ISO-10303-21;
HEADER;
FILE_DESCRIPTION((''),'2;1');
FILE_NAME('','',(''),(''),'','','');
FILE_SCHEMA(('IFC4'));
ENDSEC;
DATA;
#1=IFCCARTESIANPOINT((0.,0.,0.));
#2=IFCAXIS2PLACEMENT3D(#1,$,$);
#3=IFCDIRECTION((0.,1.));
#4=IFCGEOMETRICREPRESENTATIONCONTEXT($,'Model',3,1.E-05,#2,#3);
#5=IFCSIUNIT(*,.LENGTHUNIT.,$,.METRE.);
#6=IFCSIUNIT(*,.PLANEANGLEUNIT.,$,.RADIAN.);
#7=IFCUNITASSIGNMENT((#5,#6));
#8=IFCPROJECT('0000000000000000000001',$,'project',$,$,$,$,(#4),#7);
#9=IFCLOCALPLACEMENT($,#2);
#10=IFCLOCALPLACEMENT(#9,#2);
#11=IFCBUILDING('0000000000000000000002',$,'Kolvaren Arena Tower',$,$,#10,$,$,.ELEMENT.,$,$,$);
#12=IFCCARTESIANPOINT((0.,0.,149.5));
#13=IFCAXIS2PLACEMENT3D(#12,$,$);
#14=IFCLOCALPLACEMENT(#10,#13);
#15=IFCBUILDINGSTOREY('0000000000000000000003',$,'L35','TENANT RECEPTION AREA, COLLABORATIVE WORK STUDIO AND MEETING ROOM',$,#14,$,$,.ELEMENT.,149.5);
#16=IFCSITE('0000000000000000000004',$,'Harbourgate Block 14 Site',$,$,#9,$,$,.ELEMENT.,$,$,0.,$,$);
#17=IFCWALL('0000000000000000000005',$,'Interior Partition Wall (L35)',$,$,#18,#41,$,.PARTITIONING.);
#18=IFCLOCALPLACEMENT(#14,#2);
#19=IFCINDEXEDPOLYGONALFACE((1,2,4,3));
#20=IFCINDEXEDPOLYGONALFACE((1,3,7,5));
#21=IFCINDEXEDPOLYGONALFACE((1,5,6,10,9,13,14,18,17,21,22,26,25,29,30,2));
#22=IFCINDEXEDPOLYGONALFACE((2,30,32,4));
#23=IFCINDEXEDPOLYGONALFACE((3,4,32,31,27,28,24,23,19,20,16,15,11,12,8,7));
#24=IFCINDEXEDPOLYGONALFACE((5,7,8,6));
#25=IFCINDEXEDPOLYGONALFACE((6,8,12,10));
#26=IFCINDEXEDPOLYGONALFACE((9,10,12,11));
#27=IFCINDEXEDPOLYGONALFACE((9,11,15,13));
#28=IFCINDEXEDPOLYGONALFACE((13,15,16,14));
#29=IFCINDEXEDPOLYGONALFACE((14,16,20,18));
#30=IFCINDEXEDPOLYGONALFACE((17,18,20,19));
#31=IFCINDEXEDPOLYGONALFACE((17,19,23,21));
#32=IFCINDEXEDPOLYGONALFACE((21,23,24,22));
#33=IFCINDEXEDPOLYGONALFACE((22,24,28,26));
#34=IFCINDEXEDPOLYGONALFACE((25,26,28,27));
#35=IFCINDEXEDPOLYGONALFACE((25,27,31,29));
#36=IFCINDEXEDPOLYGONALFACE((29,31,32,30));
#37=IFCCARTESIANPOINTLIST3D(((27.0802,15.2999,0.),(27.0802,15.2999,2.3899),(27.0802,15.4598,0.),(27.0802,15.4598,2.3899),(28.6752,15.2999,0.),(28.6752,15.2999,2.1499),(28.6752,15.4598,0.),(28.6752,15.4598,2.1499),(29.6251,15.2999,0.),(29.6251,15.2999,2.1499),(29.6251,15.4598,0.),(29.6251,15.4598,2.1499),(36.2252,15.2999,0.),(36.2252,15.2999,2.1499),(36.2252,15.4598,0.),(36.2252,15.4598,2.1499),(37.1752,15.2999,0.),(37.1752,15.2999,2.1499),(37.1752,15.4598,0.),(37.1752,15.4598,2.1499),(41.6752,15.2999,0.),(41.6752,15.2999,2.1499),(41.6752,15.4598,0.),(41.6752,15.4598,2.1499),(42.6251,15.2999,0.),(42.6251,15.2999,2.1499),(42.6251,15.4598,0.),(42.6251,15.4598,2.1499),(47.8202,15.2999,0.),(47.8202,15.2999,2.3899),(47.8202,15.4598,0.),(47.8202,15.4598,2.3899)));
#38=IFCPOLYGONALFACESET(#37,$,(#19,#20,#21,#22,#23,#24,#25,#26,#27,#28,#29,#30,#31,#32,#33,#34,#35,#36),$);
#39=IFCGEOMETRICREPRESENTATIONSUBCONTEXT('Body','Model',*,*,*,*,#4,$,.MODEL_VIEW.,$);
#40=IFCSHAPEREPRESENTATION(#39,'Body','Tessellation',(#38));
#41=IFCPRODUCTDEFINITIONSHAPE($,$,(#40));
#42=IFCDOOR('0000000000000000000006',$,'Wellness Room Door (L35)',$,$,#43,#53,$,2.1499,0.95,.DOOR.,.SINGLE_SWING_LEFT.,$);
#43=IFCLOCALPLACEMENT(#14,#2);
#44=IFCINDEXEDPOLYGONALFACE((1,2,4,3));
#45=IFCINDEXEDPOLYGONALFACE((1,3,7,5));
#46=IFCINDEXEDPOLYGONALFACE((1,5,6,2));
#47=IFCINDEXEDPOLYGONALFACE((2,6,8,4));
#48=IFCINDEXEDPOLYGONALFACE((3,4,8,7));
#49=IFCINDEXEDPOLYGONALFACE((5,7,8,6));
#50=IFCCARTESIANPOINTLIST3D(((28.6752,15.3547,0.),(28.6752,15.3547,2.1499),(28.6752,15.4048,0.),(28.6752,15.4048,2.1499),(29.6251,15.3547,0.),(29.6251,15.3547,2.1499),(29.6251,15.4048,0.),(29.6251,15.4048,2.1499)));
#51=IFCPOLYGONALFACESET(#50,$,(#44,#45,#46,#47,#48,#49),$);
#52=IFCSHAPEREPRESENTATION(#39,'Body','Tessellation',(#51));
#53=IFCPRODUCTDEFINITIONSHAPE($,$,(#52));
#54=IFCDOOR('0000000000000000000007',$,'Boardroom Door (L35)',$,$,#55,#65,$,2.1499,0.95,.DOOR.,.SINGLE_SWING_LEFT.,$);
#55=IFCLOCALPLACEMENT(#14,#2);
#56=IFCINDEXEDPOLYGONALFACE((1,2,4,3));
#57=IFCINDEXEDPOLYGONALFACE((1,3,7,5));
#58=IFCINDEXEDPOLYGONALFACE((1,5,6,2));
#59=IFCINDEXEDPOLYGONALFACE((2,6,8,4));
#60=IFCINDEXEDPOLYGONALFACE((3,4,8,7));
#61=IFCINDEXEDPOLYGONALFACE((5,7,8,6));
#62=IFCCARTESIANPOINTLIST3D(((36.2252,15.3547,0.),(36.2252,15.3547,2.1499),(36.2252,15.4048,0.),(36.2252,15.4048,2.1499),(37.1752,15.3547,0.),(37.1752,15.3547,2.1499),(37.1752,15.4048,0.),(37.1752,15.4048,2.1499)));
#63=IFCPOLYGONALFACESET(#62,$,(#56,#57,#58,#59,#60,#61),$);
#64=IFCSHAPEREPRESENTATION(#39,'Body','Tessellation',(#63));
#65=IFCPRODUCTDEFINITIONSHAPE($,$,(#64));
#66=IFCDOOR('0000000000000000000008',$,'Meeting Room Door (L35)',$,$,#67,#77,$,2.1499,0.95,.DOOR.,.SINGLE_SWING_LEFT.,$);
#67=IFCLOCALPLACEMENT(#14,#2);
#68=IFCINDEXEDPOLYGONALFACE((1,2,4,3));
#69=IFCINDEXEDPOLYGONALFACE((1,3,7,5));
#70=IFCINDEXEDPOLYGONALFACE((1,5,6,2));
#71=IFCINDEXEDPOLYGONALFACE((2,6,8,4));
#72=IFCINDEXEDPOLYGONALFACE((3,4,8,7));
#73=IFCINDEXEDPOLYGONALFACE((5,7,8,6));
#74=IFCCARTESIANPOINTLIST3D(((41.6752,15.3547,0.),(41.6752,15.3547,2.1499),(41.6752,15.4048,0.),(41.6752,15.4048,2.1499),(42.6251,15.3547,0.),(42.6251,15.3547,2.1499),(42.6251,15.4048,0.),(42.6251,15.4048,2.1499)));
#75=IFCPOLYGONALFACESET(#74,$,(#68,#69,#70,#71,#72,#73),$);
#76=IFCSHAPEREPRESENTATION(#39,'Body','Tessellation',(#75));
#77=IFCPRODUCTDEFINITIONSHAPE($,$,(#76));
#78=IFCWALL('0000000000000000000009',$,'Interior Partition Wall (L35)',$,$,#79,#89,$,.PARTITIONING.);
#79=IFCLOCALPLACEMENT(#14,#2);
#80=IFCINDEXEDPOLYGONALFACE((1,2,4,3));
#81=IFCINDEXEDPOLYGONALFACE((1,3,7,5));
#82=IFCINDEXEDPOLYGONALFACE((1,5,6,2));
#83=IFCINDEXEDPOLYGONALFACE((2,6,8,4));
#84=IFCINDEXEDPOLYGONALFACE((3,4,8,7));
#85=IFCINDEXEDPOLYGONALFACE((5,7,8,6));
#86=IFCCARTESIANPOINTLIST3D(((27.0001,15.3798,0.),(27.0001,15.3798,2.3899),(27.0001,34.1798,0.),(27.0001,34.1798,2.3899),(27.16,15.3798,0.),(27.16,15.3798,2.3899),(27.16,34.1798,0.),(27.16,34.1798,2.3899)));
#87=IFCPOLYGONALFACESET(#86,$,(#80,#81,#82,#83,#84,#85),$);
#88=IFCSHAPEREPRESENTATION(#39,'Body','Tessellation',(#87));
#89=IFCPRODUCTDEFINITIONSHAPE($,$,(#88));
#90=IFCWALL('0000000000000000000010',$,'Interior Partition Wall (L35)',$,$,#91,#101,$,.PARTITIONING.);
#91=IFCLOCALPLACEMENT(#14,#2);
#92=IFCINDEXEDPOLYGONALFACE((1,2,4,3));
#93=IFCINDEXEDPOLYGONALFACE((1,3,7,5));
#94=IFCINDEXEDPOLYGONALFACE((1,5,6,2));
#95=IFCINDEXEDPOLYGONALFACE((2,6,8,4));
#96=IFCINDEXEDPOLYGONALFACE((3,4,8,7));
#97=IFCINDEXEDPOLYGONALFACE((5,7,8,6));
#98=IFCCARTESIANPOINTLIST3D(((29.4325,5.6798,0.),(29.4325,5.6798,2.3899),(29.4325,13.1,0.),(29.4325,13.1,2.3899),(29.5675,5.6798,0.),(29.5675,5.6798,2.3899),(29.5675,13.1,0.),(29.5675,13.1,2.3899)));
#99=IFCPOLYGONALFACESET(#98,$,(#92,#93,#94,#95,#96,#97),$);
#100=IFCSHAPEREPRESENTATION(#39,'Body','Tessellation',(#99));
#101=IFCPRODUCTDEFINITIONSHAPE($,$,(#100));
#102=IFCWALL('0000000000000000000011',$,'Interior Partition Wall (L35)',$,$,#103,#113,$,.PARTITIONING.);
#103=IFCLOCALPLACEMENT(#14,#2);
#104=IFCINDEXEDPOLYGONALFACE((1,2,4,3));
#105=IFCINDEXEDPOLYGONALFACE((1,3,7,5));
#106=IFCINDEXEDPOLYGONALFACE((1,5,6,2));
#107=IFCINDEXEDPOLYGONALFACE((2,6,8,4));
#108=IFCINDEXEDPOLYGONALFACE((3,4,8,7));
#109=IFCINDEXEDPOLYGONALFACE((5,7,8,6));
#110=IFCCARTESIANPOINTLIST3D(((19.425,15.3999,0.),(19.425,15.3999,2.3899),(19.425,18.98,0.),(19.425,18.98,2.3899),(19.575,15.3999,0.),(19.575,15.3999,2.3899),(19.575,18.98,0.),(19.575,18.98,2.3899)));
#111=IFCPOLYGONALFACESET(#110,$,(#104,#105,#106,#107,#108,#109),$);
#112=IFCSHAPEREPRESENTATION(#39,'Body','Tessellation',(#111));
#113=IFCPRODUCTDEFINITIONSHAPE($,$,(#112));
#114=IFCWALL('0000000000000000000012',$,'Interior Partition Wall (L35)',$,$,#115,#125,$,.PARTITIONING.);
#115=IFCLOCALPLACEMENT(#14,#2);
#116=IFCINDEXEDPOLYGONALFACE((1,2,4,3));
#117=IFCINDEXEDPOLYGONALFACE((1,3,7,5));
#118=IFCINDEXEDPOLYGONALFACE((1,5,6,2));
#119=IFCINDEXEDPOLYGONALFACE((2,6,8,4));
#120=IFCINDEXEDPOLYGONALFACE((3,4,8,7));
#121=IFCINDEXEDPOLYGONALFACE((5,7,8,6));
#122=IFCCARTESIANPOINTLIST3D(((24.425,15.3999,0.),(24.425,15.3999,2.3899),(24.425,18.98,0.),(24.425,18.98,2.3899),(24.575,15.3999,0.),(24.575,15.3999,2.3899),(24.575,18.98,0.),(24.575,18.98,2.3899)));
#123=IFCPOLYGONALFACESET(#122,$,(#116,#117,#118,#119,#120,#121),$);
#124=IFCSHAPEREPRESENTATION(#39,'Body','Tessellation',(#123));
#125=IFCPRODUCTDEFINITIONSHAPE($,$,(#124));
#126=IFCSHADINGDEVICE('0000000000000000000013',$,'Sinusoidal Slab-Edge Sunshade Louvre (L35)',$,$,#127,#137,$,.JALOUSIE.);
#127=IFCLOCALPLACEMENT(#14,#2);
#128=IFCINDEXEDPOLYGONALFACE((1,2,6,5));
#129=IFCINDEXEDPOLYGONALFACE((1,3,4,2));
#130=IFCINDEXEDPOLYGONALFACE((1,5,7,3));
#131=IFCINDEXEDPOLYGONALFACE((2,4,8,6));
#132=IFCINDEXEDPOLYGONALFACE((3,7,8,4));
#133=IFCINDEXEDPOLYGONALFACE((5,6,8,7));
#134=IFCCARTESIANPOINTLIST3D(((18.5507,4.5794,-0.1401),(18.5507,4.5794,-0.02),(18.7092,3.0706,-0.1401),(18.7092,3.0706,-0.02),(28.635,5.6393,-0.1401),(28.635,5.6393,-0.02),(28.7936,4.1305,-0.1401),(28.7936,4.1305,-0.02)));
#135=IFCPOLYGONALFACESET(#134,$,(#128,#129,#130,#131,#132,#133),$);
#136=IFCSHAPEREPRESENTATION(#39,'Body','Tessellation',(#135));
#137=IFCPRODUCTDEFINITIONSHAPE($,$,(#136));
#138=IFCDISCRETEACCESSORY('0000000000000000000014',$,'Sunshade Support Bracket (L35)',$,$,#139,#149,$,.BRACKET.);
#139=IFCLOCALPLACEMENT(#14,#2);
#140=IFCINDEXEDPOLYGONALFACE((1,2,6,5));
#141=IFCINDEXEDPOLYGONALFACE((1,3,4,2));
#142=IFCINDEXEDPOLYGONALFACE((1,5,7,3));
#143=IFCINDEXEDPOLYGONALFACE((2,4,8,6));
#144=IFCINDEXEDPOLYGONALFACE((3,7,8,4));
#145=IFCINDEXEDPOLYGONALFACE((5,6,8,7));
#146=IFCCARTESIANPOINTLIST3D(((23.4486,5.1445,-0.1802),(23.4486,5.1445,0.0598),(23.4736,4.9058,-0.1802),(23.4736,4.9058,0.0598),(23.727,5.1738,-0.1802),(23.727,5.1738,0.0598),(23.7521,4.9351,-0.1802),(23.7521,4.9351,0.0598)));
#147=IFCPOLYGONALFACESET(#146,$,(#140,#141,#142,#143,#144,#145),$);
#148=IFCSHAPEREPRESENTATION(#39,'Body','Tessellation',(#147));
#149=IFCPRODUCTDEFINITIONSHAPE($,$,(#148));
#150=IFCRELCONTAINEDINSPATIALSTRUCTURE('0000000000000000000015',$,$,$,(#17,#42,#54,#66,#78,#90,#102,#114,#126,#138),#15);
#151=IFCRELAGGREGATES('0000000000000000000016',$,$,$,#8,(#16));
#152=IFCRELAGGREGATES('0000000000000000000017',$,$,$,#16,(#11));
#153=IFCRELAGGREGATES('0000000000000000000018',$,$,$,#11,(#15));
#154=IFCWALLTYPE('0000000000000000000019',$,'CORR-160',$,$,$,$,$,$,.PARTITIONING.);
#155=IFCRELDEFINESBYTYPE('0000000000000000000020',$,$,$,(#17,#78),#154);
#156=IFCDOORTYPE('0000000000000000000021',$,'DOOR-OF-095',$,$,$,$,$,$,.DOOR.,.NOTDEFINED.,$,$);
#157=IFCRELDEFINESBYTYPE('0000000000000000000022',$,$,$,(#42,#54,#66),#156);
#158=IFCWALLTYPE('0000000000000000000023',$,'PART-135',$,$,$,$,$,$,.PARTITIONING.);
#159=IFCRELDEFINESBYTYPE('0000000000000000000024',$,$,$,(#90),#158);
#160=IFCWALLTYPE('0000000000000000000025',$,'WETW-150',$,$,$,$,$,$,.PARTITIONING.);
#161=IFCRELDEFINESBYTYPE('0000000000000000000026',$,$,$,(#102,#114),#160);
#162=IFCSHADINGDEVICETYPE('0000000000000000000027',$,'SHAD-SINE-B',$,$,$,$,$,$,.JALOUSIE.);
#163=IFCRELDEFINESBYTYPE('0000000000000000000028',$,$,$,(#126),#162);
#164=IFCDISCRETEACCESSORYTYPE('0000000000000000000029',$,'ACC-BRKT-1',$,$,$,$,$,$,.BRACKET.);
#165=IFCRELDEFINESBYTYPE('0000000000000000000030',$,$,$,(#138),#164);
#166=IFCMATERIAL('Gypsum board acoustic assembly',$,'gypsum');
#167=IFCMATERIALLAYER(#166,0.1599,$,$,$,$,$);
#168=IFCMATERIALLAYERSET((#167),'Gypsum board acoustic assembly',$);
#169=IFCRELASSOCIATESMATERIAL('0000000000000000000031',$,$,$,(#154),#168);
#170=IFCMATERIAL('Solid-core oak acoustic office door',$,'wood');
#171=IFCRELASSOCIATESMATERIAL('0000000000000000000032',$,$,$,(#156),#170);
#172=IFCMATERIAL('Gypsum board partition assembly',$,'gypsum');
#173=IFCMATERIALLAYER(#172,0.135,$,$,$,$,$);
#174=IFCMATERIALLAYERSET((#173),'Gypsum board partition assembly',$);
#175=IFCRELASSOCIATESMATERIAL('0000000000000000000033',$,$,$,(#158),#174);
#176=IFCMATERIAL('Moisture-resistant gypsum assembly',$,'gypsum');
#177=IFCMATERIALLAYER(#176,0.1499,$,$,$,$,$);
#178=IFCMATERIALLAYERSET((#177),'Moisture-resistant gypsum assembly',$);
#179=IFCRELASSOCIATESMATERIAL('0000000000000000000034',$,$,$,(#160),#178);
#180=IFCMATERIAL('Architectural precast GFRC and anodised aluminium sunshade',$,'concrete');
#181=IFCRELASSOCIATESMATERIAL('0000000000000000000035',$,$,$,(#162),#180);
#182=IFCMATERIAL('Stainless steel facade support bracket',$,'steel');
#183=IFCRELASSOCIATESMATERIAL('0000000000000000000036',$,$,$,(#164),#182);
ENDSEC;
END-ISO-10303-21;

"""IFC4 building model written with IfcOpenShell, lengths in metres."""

from ifc_helpers import new_model, si_unit, direction, frame, frame_2d, origin, origin_2d, place, context, subcontext, project, spatial, rectangle, extrude, material, layer, layer_set, type_object, element, fill, save


model = new_model("IFC4")

# Units and contexts
model_context = context("Model", 3, precision=1e-05, world=origin(), true_north=direction((0.0, 1.0)))
body_context = subcontext(model_context, "Body", "Model", "MODEL_VIEW")
ifc_project = project(units=[si_unit("LENGTHUNIT", "METRE"), si_unit("PLANEANGLEUNIT", "RADIAN")], contexts=[model_context])

# Site, building, storey
site_placement = place(None, origin())
site = spatial("IfcSite", under=ifc_project, at=site_placement, Name="Harbourgate Block 14 Site", CompositionType="ELEMENT", RefElevation=0.0)
building_placement = place(site_placement, origin())
building = spatial("IfcBuilding", under=site, at=building_placement, Name="Kolvaren Arena Tower", CompositionType="ELEMENT")
storey_placement = place(building_placement, frame((0.0, 0.0, 149.5)))
storey = spatial("IfcBuildingStorey", under=building, at=storey_placement, Name="L35", Description="TENANT RECEPTION AREA, COLLABORATIVE WORK STUDIO AND MEETING ROOM", CompositionType="ELEMENT", Elevation=149.5)

# Wall, openings, doors
ifc_material_1 = material(Name="Gypsum board acoustic assembly", Category="gypsum")
ifc_layer_1 = layer(ifc_material_1, 0.1599)
ifc_layer_set_1 = layer_set([ifc_layer_1], Name="Gypsum board acoustic assembly")
wall_type_1 = type_object("IfcWallType", Name="CORR-160", PredefinedType="PARTITIONING", material=ifc_layer_set_1)
wall_1_placement = place(storey_placement, frame((27.0801, 15.3799, 0.0), z_axis=(0.0, 0.0, 1.0), x_axis=(1.0, 0.0, 0.0)))
wall_1 = element("IfcWall", 1, at=wall_1_placement, inside=storey, type_object=wall_type_1, Name="Interior Partition Wall (L35)", PredefinedType="PARTITIONING", context=body_context, shape_type="SweptSolid", body=[
    extrude(rectangle(XDim=20.74, YDim=0.1599, at=frame_2d((10.3701, 0.0))), origin(), (0.0, 0.0, 1.0), 2.3899),
])
opening_1_placement = place(wall_1_placement, frame((1.595, 0.0, 0.0)))
opening_1 = element("IfcOpeningElement", 2, at=opening_1_placement, cuts=wall_1, PredefinedType="OPENING", context=body_context, shape_type="SweptSolid", body=[
    extrude(rectangle(XDim=0.95, YDim=2.1499, at=frame_2d((0.4751, 1.075))), frame((0.0, 0.0898, 0.0), z_axis=(0.0, -1.0, 0.0), x_axis=(1.0, 0.0, 0.0)), (0.0, 0.0, 1.0), 0.1799),
])
opening_2_placement = place(wall_1_placement, frame((9.145, 0.0, 0.0)))
opening_2 = element("IfcOpeningElement", 3, at=opening_2_placement, cuts=wall_1, PredefinedType="OPENING", context=body_context, shape_type="SweptSolid", body=[
    extrude(rectangle(XDim=0.95, YDim=2.1499, at=frame_2d((0.4751, 1.075))), frame((0.0, 0.0898, 0.0), z_axis=(0.0, -1.0, 0.0), x_axis=(1.0, 0.0, 0.0)), (0.0, 0.0, 1.0), 0.1799),
])
opening_3_placement = place(wall_1_placement, frame((14.595, 0.0, 0.0)))
opening_3 = element("IfcOpeningElement", 4, at=opening_3_placement, cuts=wall_1, PredefinedType="OPENING", context=body_context, shape_type="SweptSolid", body=[
    extrude(rectangle(XDim=0.95, YDim=2.1499, at=frame_2d((0.4751, 1.075))), frame((0.0, 0.0898, 0.0), z_axis=(0.0, -1.0, 0.0), x_axis=(1.0, 0.0, 0.0)), (0.0, 0.0, 1.0), 0.1799),
])
ifc_material_2 = material(Name="Solid-core oak acoustic office door", Category="wood")
door_type = type_object("IfcDoorType", Name="DOOR-OF-095", OperationType="NOTDEFINED", PredefinedType="DOOR", material=ifc_material_2)
door_1_placement = place(opening_1_placement, origin())
door_1 = element("IfcDoor", 5, at=door_1_placement, inside=storey, type_object=door_type, Name="Wellness Room Door (L35)", OperationType="SINGLE_SWING_LEFT", OverallHeight=2.1499, OverallWidth=0.95, PredefinedType="DOOR", context=body_context, shape_type="SweptSolid", body=[
    extrude(rectangle(XDim=0.95, YDim=2.1499, at=frame_2d((0.4751, 1.075))), frame((0.0, 0.0249, 0.0), z_axis=(0.0, -1.0, 0.0), x_axis=(1.0, 0.0, 0.0)), (0.0, 0.0, 1.0), 0.05),
])
fill(opening_1, door_1)
door_2_placement = place(opening_2_placement, origin())
door_2 = element("IfcDoor", 6, at=door_2_placement, inside=storey, type_object=door_type, Name="Boardroom Door (L35)", OperationType="SINGLE_SWING_LEFT", OverallHeight=2.1499, OverallWidth=0.95, PredefinedType="DOOR", context=body_context, shape_type="SweptSolid", body=[
    extrude(rectangle(XDim=0.95, YDim=2.1499, at=frame_2d((0.4751, 1.075))), frame((0.0, 0.0249, 0.0), z_axis=(0.0, -1.0, 0.0), x_axis=(1.0, 0.0, 0.0)), (0.0, 0.0, 1.0), 0.05),
])
fill(opening_2, door_2)
door_3_placement = place(opening_3_placement, origin())
door_3 = element("IfcDoor", 7, at=door_3_placement, inside=storey, type_object=door_type, Name="Meeting Room Door (L35)", OperationType="SINGLE_SWING_LEFT", OverallHeight=2.1499, OverallWidth=0.95, PredefinedType="DOOR", context=body_context, shape_type="SweptSolid", body=[
    extrude(rectangle(XDim=0.95, YDim=2.1499, at=frame_2d((0.4751, 1.075))), frame((0.0, 0.0249, 0.0), z_axis=(0.0, -1.0, 0.0), x_axis=(1.0, 0.0, 0.0)), (0.0, 0.0, 1.0), 0.05),
])
fill(opening_3, door_3)

# Walls
wall_2_placement = place(storey_placement, frame((27.0801, 15.3799, 0.0), z_axis=(0.0, 0.0, 1.0), x_axis=(0.0, 1.0, 0.0)))
element("IfcWall", 8, at=wall_2_placement, inside=storey, type_object=wall_type_1, Name="Interior Partition Wall (L35)", PredefinedType="PARTITIONING", context=body_context, shape_type="SweptSolid", body=[
    extrude(rectangle(XDim=18.8, YDim=0.1599, at=frame_2d((9.3999, 0.0))), origin(), (0.0, 0.0, 1.0), 2.3899),
])
ifc_material_3 = material(Name="Gypsum board partition assembly", Category="gypsum")
ifc_layer_2 = layer(ifc_material_3, 0.135)
ifc_layer_set_2 = layer_set([ifc_layer_2], Name="Gypsum board partition assembly")
wall_type_2 = type_object("IfcWallType", Name="PART-135", PredefinedType="PARTITIONING", material=ifc_layer_set_2)
wall_3_placement = place(storey_placement, frame((29.5, 5.6799, 0.0), z_axis=(0.0, 0.0, 1.0), x_axis=(0.0, 1.0, 0.0)))
element("IfcWall", 9, at=wall_3_placement, inside=storey, type_object=wall_type_2, Name="Interior Partition Wall (L35)", PredefinedType="PARTITIONING", context=body_context, shape_type="SweptSolid", body=[
    extrude(rectangle(XDim=7.4202, YDim=0.135, at=frame_2d((3.71, 0.0))), origin(), (0.0, 0.0, 1.0), 2.3899),
])
ifc_material_4 = material(Name="Moisture-resistant gypsum assembly", Category="gypsum")
ifc_layer_3 = layer(ifc_material_4, 0.1499)
ifc_layer_set_3 = layer_set([ifc_layer_3], Name="Moisture-resistant gypsum assembly")
wall_type_3 = type_object("IfcWallType", Name="WETW-150", PredefinedType="PARTITIONING", material=ifc_layer_set_3)
for number, where, z_axis, x_axis, name in (
    (10, (19.5, 15.3999, 0.0), (0.0, 0.0, 1.0), (0.0, 1.0, 0.0), "Interior Partition Wall (L35)"),
    (11, (24.5, 15.3999, 0.0), (0.0, 0.0, 1.0), (0.0, 1.0, 0.0), "Interior Partition Wall (L35)"),
):
    element("IfcWall", number, at=place(storey_placement, frame(where, z_axis=z_axis, x_axis=x_axis)), inside=storey, type_object=wall_type_3, Name=name, PredefinedType="PARTITIONING", context=body_context, shape_type="SweptSolid", body=[
        extrude(rectangle(XDim=3.5801, YDim=0.1499, at=frame_2d((1.79, 0.0))), origin(), (0.0, 0.0, 1.0), 2.3899),
    ])

# Shading device
ifc_material_5 = material(Name="Architectural precast GFRC and anodised aluminium sunshade", Category="concrete")
shading_device_type = type_object("IfcShadingDeviceType", Name="SHAD-SINE-B", PredefinedType="JALOUSIE", material=ifc_material_5)
shading_device_placement = place(storey_placement, frame((23.6721, 4.355, -0.1401), z_axis=(0.0, 0.0, 1.0), x_axis=(-0.994522, -0.104527, 0.0)))
element("IfcShadingDevice", 12, at=shading_device_placement, inside=storey, type_object=shading_device_type, Name="Sinusoidal Slab-Edge Sunshade Louvre (L35)", PredefinedType="JALOUSIE", context=body_context, shape_type="SweptSolid", body=[
    extrude(rectangle(XDim=10.1399, YDim=1.5171, at=origin_2d()), origin(), (0.0, 0.0, 1.0), 0.1201),
])

# Discrete accessory
ifc_material_6 = material(Name="Stainless steel facade support bracket", Category="steel")
discrete_accessory_type = type_object("IfcDiscreteAccessoryType", Name="ACC-BRKT-1", PredefinedType="BRACKET", material=ifc_material_6)
discrete_accessory_placement = place(storey_placement, frame((23.6003, 5.0398, -0.1802), z_axis=(0.0, 0.0, 1.0), x_axis=(-0.994522, -0.104527, 0.0)))
element("IfcDiscreteAccessory", 13, at=discrete_accessory_placement, inside=storey, type_object=discrete_accessory_type, Name="Sunshade Support Bracket (L35)", PredefinedType="BRACKET", context=body_context, shape_type="SweptSolid", body=[
    extrude(rectangle(XDim=0.28, YDim=0.24, at=origin_2d()), origin(), (0.0, 0.0, 1.0), 0.24),
])

save(model, "model.ifc")
